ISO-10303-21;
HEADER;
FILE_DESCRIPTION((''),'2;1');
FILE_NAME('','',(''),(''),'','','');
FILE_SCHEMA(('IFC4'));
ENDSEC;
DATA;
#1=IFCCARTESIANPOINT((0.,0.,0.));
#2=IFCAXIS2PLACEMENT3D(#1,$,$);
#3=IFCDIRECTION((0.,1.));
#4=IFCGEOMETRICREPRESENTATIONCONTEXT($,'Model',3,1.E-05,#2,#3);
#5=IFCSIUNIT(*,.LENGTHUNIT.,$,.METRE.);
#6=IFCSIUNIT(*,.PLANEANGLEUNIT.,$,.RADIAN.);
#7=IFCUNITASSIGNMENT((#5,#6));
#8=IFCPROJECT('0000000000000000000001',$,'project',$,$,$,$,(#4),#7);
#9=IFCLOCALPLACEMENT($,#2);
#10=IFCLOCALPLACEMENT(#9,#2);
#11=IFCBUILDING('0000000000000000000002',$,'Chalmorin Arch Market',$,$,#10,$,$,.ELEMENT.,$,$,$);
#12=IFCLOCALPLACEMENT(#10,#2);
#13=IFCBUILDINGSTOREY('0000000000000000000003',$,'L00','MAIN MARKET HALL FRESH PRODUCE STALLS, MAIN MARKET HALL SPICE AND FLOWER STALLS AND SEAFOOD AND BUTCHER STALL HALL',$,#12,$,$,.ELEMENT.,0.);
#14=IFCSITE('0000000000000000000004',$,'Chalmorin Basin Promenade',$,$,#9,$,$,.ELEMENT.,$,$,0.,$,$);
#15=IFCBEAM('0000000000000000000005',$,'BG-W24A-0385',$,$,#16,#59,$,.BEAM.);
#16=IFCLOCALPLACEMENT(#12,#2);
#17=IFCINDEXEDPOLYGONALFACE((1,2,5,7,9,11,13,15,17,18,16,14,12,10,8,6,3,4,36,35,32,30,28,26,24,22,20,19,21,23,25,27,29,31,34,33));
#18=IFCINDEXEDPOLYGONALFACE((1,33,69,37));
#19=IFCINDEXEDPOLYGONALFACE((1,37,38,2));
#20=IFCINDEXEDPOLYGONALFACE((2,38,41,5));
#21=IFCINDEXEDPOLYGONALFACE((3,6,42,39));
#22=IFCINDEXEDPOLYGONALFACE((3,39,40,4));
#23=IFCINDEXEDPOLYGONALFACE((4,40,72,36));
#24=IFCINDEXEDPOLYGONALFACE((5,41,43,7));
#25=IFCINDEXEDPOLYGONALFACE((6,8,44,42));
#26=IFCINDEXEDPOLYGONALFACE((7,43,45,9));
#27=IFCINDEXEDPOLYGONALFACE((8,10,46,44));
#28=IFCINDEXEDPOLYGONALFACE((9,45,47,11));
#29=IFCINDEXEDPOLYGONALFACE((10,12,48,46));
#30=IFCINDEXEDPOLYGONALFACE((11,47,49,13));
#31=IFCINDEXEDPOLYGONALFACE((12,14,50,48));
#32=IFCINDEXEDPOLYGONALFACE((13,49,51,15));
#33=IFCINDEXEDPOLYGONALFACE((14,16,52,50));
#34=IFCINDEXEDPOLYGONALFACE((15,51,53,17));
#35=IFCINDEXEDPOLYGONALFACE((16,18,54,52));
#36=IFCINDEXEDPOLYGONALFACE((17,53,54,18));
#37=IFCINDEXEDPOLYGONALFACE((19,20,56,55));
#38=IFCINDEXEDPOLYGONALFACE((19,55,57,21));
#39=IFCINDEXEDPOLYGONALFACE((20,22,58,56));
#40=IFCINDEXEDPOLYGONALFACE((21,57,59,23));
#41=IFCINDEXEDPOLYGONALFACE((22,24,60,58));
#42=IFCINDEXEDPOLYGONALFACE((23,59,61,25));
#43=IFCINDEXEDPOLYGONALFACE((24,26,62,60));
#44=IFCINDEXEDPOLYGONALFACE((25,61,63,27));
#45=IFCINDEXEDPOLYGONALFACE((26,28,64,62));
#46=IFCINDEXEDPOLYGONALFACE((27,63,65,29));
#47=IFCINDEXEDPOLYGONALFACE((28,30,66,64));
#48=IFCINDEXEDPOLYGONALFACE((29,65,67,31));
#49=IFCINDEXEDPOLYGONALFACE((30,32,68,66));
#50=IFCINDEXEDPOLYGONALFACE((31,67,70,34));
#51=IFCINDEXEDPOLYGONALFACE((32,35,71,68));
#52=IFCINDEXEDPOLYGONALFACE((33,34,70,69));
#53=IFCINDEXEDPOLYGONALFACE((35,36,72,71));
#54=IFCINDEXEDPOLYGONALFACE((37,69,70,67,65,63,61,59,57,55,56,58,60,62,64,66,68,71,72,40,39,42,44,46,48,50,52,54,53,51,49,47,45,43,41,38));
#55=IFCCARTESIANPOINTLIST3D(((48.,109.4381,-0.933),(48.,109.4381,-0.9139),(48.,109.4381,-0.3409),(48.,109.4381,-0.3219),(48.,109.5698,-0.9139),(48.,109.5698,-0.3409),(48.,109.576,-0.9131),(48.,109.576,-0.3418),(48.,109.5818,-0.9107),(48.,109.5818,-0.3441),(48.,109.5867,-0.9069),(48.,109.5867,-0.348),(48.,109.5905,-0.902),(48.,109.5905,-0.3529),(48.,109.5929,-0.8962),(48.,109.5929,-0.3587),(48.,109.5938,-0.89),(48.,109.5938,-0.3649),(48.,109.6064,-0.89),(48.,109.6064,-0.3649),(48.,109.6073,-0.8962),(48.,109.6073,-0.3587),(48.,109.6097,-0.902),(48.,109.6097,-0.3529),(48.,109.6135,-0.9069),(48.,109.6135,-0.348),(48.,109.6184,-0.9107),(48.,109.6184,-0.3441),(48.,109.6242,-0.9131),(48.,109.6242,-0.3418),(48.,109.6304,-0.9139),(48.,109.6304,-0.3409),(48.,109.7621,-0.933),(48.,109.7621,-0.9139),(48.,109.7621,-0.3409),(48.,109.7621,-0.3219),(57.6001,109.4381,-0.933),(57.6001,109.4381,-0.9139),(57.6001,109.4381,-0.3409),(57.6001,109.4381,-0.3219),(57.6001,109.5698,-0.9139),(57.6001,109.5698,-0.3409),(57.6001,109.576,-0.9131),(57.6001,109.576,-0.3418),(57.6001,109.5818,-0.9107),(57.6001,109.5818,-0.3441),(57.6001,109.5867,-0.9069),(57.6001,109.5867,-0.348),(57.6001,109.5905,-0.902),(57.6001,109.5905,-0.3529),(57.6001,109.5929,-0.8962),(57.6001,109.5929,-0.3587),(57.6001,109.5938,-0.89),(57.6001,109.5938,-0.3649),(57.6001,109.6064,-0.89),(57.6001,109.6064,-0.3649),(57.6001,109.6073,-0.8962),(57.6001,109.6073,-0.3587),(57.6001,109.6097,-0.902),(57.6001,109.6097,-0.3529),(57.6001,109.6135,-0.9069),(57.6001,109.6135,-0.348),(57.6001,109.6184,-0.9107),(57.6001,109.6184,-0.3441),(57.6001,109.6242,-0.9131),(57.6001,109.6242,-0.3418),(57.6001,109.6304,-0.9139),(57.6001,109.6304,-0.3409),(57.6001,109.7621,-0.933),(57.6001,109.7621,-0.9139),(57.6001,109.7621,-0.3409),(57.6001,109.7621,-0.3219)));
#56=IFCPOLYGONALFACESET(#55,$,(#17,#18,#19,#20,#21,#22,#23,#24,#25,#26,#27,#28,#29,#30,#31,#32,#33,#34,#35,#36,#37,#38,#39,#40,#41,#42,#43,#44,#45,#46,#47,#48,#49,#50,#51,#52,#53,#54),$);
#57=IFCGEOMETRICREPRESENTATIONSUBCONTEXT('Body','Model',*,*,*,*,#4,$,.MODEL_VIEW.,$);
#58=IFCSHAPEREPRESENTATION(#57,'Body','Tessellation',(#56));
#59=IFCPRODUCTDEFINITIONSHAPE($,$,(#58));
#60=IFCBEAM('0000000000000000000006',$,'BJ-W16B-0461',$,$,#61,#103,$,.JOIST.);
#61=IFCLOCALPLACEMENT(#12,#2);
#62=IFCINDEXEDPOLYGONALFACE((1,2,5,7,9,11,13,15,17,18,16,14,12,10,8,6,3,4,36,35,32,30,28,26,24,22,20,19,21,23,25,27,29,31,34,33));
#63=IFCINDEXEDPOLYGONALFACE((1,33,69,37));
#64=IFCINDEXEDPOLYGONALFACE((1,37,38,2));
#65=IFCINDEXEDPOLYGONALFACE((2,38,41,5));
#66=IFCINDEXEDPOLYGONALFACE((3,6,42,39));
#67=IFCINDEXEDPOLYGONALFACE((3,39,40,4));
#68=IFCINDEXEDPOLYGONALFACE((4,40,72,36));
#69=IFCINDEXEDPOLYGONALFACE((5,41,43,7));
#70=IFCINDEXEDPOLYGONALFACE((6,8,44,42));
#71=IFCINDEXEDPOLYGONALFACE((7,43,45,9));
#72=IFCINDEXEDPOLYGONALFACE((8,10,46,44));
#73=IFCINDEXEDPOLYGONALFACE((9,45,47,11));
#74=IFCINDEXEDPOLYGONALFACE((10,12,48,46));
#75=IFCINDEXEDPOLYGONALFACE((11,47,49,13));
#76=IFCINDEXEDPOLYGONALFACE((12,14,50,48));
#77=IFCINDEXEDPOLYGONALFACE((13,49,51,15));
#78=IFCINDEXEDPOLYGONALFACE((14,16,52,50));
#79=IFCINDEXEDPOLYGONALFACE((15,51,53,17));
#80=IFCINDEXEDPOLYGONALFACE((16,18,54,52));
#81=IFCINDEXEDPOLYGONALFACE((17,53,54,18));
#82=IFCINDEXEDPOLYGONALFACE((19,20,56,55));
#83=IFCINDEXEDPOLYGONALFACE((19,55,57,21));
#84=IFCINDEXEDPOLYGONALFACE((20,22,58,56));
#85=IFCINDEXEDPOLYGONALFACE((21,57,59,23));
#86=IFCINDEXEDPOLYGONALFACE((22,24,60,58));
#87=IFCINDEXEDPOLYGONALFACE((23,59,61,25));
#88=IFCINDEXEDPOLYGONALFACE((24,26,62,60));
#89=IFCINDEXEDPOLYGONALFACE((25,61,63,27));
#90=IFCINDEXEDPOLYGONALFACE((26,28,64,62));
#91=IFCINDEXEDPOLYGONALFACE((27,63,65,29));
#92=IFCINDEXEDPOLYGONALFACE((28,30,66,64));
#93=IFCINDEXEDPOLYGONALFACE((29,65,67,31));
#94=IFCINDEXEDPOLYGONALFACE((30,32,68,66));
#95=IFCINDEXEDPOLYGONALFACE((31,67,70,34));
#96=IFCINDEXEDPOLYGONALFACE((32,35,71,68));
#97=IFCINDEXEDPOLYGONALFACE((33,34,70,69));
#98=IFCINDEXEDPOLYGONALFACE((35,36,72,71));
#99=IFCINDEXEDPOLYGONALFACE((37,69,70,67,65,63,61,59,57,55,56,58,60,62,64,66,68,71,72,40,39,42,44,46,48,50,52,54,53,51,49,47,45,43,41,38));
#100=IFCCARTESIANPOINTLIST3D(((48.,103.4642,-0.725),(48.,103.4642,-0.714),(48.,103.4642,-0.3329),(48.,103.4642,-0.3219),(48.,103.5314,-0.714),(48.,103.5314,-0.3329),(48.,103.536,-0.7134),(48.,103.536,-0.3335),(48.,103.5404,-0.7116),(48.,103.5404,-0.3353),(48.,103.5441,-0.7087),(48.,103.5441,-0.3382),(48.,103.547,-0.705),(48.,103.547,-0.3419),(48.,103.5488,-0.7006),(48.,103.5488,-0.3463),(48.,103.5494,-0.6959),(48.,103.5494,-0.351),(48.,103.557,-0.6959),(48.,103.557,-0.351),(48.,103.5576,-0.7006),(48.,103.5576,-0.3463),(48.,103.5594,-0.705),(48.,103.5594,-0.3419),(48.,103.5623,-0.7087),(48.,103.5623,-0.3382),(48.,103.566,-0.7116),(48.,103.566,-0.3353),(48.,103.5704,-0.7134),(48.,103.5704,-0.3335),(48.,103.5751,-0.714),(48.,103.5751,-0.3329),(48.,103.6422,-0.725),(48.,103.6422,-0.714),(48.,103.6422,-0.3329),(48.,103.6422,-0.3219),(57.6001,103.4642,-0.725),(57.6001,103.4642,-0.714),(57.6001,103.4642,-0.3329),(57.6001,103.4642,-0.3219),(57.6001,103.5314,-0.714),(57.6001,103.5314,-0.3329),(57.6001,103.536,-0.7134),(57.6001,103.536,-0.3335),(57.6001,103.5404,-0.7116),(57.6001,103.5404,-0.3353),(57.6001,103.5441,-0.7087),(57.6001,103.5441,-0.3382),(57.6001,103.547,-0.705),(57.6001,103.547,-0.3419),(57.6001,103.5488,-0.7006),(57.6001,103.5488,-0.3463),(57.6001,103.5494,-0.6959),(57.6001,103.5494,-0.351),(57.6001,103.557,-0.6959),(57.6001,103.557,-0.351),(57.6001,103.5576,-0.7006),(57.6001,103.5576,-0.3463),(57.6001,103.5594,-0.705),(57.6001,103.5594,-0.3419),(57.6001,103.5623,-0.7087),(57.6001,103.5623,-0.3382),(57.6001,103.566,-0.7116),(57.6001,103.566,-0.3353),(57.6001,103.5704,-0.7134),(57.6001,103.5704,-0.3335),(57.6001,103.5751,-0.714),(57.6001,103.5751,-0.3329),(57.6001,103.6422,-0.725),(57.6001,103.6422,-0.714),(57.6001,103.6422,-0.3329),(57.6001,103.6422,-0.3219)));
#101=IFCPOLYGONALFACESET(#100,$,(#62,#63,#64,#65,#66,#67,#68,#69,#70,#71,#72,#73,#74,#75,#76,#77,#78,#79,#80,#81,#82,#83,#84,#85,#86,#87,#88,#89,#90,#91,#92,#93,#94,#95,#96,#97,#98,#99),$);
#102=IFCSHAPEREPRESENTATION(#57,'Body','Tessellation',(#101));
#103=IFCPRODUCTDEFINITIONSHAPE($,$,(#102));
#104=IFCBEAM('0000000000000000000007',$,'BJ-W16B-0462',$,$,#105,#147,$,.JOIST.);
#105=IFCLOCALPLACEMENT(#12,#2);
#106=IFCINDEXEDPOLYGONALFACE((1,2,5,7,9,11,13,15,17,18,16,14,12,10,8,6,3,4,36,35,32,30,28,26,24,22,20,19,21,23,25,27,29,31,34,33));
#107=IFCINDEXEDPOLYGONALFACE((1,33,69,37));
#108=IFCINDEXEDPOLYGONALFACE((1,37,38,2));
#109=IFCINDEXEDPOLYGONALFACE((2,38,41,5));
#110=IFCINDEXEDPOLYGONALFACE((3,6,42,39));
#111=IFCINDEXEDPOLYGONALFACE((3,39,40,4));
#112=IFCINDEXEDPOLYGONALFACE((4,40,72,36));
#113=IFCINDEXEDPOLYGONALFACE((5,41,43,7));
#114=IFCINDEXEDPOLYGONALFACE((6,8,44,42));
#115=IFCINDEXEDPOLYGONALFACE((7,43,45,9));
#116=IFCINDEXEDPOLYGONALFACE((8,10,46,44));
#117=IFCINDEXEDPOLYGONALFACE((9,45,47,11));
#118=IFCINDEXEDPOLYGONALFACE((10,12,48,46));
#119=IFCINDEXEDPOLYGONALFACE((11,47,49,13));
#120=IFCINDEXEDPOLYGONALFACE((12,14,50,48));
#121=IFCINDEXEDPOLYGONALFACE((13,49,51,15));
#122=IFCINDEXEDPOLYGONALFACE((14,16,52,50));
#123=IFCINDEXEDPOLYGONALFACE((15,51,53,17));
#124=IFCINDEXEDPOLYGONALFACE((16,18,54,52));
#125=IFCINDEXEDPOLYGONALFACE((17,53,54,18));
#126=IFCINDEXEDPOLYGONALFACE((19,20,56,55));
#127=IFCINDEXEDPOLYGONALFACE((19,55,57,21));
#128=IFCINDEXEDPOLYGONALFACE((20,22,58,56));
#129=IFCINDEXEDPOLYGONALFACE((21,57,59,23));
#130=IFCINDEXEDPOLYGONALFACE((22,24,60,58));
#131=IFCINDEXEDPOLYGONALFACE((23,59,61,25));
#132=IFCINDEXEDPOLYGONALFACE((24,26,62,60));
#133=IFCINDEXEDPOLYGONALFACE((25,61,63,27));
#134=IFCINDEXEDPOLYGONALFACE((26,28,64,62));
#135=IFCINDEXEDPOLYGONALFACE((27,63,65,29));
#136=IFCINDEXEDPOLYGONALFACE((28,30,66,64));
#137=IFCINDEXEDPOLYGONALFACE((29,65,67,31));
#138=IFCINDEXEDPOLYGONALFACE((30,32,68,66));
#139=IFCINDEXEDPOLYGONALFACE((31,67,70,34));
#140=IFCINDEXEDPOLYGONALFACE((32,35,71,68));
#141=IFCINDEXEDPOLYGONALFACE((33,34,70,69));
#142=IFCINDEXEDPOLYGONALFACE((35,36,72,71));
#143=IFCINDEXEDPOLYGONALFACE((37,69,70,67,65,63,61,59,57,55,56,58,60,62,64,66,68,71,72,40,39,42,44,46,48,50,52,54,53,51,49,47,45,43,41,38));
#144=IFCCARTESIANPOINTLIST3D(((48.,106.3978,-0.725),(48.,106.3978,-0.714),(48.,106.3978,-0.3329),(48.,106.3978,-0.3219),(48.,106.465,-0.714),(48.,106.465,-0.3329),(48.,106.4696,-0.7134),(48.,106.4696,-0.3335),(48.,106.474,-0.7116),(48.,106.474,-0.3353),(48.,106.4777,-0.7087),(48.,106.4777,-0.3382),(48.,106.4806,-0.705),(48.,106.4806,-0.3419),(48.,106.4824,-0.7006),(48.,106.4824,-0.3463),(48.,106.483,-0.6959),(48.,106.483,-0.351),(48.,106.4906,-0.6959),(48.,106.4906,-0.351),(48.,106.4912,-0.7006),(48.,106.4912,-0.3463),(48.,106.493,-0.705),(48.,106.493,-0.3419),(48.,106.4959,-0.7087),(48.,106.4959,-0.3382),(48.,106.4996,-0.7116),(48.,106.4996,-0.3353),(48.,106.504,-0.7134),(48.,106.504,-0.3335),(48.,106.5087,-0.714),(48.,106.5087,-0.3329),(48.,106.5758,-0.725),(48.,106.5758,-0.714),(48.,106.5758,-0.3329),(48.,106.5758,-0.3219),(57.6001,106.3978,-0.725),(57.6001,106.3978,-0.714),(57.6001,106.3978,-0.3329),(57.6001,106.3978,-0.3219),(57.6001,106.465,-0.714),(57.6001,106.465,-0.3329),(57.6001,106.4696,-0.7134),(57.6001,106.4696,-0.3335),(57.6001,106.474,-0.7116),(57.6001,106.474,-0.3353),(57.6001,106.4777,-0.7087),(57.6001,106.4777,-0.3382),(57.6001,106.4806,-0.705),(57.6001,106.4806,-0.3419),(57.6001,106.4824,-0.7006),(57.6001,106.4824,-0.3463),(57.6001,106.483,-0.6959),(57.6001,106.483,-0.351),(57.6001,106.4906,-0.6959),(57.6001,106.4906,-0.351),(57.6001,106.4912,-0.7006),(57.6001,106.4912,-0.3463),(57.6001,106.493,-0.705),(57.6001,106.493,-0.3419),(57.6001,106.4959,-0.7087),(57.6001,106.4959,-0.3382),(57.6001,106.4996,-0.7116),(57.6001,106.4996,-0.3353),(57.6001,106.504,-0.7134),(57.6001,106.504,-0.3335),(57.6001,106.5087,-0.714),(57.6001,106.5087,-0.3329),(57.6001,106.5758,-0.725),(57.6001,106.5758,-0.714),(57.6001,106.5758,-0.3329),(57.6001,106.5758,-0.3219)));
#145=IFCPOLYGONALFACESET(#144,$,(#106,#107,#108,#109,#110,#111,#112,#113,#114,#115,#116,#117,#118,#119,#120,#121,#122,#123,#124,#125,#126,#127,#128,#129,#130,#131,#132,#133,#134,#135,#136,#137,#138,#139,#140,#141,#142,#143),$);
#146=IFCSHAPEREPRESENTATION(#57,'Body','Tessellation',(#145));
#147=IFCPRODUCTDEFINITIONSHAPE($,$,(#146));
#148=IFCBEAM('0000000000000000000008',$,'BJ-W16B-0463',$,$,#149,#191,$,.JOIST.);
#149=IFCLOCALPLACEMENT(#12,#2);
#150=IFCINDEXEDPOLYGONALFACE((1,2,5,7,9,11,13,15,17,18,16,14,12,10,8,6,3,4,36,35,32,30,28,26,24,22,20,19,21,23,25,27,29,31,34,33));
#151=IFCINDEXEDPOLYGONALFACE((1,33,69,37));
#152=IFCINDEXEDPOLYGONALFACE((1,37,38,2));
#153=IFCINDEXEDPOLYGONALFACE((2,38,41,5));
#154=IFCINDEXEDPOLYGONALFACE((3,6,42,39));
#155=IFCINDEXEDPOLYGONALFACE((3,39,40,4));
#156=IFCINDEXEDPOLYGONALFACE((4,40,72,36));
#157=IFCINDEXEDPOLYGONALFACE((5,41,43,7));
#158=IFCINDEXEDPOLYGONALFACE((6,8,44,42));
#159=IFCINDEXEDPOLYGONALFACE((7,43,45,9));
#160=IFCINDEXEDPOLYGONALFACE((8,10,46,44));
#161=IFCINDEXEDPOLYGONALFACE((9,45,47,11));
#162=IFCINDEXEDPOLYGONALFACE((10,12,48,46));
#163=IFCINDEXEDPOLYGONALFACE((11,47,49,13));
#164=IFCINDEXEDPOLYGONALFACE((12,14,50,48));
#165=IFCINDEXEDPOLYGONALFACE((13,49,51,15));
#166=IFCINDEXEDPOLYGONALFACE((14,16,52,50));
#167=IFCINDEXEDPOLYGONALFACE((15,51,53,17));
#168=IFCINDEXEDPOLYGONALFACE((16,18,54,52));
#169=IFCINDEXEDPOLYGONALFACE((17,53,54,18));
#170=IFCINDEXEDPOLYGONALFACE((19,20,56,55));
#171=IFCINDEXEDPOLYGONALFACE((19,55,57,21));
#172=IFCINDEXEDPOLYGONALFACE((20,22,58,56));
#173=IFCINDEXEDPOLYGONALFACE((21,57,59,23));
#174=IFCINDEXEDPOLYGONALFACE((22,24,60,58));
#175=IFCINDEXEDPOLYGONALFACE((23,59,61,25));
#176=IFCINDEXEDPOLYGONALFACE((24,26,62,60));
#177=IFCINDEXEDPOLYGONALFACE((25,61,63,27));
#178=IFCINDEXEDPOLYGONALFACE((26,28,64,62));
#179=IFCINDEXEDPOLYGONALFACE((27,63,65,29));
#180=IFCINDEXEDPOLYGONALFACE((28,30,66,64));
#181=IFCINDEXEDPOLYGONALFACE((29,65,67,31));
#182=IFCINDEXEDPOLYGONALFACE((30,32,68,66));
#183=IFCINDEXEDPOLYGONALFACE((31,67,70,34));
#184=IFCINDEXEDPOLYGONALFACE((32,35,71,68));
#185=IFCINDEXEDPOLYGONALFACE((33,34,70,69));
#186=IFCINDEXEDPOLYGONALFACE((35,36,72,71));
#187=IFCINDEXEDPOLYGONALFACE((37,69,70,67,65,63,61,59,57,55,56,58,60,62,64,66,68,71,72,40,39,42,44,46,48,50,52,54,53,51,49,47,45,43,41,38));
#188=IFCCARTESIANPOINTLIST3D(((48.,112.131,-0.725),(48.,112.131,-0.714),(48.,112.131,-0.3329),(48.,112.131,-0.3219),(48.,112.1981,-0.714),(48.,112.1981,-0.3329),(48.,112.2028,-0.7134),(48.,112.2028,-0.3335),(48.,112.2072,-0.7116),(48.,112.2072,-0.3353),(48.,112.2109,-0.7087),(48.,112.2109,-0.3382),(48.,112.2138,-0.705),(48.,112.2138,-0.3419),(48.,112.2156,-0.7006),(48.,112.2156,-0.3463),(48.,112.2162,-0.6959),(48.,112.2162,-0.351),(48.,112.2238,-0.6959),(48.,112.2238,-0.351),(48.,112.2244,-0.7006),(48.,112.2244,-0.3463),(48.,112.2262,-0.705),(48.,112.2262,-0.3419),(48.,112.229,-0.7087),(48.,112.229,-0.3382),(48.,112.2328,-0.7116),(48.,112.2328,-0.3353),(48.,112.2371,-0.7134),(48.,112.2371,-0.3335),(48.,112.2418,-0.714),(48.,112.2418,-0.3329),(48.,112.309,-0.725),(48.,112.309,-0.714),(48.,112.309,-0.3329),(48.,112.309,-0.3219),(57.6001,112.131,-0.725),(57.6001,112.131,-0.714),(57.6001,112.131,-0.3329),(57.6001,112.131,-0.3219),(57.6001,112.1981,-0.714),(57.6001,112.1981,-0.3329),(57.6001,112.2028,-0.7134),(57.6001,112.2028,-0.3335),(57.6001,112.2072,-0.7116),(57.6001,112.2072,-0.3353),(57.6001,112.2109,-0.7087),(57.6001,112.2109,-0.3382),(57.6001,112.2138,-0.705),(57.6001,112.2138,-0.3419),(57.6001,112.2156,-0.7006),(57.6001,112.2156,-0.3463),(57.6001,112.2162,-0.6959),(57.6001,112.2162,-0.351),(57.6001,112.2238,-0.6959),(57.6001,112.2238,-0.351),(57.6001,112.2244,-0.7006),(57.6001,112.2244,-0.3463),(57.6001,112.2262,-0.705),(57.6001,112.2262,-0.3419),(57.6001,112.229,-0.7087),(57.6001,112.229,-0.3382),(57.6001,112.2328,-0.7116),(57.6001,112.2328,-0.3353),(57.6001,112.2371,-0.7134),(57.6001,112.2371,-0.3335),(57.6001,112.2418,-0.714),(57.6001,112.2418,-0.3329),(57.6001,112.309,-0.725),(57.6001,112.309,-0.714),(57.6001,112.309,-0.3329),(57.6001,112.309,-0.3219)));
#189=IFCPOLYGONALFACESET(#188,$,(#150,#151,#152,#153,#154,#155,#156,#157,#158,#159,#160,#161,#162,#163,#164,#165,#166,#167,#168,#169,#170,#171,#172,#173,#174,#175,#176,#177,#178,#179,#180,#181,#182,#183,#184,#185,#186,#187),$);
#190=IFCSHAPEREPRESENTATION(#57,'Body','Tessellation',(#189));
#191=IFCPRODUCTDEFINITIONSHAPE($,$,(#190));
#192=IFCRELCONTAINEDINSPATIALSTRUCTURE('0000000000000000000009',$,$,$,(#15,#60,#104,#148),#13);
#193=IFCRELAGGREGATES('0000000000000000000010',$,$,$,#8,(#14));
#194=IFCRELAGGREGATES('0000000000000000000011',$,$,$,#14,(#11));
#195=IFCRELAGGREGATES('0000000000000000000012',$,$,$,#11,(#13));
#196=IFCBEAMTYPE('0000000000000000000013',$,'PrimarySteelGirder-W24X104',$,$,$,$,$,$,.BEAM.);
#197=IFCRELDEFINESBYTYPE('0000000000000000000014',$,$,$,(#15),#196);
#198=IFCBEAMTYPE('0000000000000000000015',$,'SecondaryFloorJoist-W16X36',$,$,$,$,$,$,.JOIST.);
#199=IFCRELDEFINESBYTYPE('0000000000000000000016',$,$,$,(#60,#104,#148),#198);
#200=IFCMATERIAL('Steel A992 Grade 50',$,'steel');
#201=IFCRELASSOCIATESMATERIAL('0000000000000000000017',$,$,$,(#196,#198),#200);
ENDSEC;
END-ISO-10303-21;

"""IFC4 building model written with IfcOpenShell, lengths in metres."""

from ifc_helpers import new_model, si_unit, direction, frame, origin, origin_2d, place, context, subcontext, project, spatial, i_section, extrude, material, material_profile, profile_set, type_object, element, save


model = new_model("IFC4")

# Units and contexts
model_context = context("Model", 3, precision=1e-05, world=origin(), true_north=direction((0.0, 1.0)))
body_context = subcontext(model_context, "Body", "Model", "MODEL_VIEW")
ifc_project = project(units=[si_unit("LENGTHUNIT", "METRE"), si_unit("PLANEANGLEUNIT", "RADIAN")], contexts=[model_context])

# Site, building, storey
site_placement = place(None, origin())
site = spatial("IfcSite", under=ifc_project, at=site_placement, Name="Chalmorin Basin Promenade", CompositionType="ELEMENT", RefElevation=0.0)
building_placement = place(site_placement, origin())
building = spatial("IfcBuilding", under=site, at=building_placement, Name="Chalmorin Arch Market", CompositionType="ELEMENT")
storey_placement = place(building_placement, origin())
storey = spatial("IfcBuildingStorey", under=building, at=storey_placement, Name="L00", Description="MAIN MARKET HALL FRESH PRODUCE STALLS, MAIN MARKET HALL SPICE AND FLOWER STALLS AND SEAFOOD AND BUTCHER STALL HALL", CompositionType="ELEMENT", Elevation=0.0)

# Beams
ifc_material_1 = material(Name="Steel A992 Grade 50", Category="steel")
ifc_material_profile_1 = material_profile(ifc_material_1, i_section(OverallWidth=0.324, OverallDepth=0.6111, WebThickness=0.0127, FlangeThickness=0.019, FilletRadius=0.0239, at=origin_2d()), Name="W24X104")
ifc_profile_set_1 = profile_set([ifc_material_profile_1], Name="Steel A992 Grade 50")
beam_type_1 = type_object("IfcBeamType", Name="PrimarySteelGirder-W24X104", PredefinedType="BEAM", material=ifc_profile_set_1)
beam_1_placement = place(storey_placement, frame((48.0, 109.6001, -0.6274), z_axis=(1.0, 0.0, 0.0), x_axis=(0.0, 1.0, 0.0)))
element("IfcBeam", 1, at=beam_1_placement, inside=storey, type_object=beam_type_1, Name="BG-W24A-0385", PredefinedType="BEAM", context=body_context, shape_type="SweptSolid", body=[
    extrude(i_section(OverallWidth=0.324, OverallDepth=0.6111, WebThickness=0.0127, FlangeThickness=0.019, FilletRadius=0.0239, at=origin_2d()), origin(), (0.0, 0.0, 1.0), 9.6001),
])
ifc_material_profile_2 = material_profile(ifc_material_1, i_section(OverallWidth=0.178, OverallDepth=0.4031, WebThickness=0.0076, FlangeThickness=0.011, FilletRadius=0.0181, at=origin_2d()), Name="W16X36")
ifc_profile_set_2 = profile_set([ifc_material_profile_2], Name="Steel A992 Grade 50")
beam_type_2 = type_object("IfcBeamType", Name="SecondaryFloorJoist-W16X36", PredefinedType="JOIST", material=ifc_profile_set_2)
for number, where, z_axis, x_axis, name in (
    (2, (48.0, 103.5532, -0.5234), (1.0, 0.0, 0.0), (0.0, 1.0, 0.0), "BJ-W16B-0461"),
    (3, (48.0, 106.4868, -0.5234), (1.0, 0.0, 0.0), (0.0, 1.0, 0.0), "BJ-W16B-0462"),
    (4, (48.0, 112.22, -0.5234), (1.0, 0.0, 0.0), (0.0, 1.0, 0.0), "BJ-W16B-0463"),
):
    element("IfcBeam", number, at=place(storey_placement, frame(where, z_axis=z_axis, x_axis=x_axis)), inside=storey, type_object=beam_type_2, Name=name, PredefinedType="JOIST", context=body_context, shape_type="SweptSolid", body=[
        extrude(i_section(OverallWidth=0.178, OverallDepth=0.4031, WebThickness=0.0076, FlangeThickness=0.011, FilletRadius=0.0181, at=origin_2d()), origin(), (0.0, 0.0, 1.0), 9.6001),
    ])

save(model, "model.ifc")
